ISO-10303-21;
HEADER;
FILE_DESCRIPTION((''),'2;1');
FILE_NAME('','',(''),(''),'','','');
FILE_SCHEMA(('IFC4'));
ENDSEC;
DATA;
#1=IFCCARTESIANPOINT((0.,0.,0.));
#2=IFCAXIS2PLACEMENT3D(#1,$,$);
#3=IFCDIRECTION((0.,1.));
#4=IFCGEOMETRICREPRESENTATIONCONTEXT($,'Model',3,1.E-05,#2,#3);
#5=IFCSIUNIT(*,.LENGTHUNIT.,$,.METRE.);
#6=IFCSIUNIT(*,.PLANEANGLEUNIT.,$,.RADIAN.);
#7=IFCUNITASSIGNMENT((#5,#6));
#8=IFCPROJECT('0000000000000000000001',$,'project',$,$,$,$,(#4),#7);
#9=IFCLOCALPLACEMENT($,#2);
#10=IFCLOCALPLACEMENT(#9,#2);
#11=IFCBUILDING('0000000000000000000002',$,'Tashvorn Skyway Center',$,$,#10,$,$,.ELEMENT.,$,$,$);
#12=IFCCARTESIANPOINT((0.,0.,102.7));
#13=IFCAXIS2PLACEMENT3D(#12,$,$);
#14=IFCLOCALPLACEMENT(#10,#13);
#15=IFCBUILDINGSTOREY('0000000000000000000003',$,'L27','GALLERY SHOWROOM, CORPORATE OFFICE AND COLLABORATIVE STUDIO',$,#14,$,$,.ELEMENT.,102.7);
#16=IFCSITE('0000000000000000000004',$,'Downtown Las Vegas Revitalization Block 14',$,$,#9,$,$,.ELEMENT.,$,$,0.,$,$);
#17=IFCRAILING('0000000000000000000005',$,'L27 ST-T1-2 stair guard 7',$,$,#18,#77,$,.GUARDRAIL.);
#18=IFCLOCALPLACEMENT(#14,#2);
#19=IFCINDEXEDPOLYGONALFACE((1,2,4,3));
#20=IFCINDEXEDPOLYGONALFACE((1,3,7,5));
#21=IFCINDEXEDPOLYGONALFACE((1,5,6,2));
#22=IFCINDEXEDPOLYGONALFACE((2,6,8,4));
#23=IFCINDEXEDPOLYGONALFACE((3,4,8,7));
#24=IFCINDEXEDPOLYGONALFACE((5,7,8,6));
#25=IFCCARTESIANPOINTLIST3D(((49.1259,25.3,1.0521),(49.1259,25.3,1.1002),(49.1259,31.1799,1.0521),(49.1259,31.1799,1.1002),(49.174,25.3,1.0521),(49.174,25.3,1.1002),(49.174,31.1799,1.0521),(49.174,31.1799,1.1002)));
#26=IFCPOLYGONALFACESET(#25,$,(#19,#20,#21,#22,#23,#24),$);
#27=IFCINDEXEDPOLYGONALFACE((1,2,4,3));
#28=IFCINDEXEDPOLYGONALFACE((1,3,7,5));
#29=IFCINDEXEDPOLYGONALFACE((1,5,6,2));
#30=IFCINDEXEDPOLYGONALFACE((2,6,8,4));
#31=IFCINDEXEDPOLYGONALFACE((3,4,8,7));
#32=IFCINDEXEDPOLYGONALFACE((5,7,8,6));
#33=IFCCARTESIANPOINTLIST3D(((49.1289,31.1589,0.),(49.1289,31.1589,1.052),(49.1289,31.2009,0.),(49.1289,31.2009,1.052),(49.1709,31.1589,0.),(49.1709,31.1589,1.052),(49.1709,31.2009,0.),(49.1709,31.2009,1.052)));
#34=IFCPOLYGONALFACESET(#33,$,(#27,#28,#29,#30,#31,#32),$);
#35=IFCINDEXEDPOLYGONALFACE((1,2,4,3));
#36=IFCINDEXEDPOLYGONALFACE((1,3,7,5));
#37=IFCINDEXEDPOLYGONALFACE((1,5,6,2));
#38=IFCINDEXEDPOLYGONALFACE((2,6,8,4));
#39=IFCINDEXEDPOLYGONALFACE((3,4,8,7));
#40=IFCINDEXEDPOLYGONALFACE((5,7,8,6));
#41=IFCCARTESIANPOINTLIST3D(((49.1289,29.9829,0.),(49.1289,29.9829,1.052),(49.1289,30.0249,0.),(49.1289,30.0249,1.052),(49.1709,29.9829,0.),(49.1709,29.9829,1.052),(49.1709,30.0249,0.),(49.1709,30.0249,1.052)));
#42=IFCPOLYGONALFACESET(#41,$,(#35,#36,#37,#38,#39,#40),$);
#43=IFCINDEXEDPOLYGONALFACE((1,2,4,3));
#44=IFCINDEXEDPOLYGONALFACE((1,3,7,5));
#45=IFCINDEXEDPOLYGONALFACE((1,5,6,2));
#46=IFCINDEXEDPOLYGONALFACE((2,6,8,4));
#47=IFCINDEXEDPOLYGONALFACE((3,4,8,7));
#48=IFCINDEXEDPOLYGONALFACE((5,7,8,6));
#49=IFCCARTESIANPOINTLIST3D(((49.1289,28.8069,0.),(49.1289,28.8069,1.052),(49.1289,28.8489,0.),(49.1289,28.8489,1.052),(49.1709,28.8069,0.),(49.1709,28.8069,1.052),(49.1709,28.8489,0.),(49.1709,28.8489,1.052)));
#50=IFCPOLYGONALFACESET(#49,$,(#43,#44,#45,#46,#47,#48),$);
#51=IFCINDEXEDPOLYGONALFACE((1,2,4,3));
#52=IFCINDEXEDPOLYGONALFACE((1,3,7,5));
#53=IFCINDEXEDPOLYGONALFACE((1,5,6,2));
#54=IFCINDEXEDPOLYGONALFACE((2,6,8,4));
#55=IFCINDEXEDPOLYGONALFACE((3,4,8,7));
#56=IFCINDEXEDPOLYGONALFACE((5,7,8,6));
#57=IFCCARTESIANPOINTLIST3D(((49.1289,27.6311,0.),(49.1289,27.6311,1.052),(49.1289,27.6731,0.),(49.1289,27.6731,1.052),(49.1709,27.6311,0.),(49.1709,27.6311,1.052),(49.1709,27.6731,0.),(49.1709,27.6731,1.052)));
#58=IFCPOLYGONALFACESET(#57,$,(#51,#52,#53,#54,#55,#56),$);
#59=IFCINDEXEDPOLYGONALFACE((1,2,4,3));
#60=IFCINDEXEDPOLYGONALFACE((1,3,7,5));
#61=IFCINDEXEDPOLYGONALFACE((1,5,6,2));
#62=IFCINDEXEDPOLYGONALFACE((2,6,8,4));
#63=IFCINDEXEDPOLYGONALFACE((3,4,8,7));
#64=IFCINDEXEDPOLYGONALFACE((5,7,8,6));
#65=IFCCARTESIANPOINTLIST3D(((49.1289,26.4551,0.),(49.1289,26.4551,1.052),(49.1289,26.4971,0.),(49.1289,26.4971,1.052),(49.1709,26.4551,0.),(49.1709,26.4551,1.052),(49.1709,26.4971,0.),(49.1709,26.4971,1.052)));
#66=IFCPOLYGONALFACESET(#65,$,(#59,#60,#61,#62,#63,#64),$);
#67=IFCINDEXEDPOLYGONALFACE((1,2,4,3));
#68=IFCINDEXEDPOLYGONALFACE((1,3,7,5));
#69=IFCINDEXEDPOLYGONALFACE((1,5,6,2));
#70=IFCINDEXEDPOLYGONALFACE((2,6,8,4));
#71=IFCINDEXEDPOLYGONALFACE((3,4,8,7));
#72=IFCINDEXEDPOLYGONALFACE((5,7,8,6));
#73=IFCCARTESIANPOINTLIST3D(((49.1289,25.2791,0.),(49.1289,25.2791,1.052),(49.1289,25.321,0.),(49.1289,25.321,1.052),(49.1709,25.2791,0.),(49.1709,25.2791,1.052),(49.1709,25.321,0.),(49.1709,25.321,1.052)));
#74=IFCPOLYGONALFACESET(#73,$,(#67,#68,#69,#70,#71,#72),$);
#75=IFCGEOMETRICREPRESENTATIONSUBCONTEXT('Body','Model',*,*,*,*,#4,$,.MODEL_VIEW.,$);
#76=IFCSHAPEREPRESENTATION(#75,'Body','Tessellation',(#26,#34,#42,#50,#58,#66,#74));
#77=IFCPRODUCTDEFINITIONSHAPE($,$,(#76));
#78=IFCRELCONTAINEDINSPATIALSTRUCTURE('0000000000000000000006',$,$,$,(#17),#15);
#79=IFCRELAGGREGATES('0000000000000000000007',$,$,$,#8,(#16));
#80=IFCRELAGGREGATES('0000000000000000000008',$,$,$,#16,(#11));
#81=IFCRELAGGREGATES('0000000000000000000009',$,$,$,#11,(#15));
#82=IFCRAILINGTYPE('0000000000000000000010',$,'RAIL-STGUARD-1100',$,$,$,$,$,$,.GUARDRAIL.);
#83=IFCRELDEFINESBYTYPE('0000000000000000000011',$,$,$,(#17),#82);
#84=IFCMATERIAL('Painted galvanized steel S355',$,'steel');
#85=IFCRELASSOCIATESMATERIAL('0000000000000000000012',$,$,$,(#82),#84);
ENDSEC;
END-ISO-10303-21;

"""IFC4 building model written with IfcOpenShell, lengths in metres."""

from ifc_helpers import new_model, si_unit, direction, frame, origin, origin_2d, place, context, subcontext, project, spatial, rectangle, extrude, material, type_object, element, save


model = new_model("IFC4")

# Units and contexts
model_context = context("Model", 3, precision=1e-05, world=origin(), true_north=direction((0.0, 1.0)))
body_context = subcontext(model_context, "Body", "Model", "MODEL_VIEW")
ifc_project = project(units=[si_unit("LENGTHUNIT", "METRE"), si_unit("PLANEANGLEUNIT", "RADIAN")], contexts=[model_context])

# Site, building, storey
site_placement = place(None, origin())
site = spatial("IfcSite", under=ifc_project, at=site_placement, Name="Downtown Las Vegas Revitalization Block 14", CompositionType="ELEMENT", RefElevation=0.0)
building_placement = place(site_placement, origin())
building = spatial("IfcBuilding", under=site, at=building_placement, Name="Tashvorn Skyway Center", CompositionType="ELEMENT")
storey_placement = place(building_placement, frame((0.0, 0.0, 102.7)))
storey = spatial("IfcBuildingStorey", under=building, at=storey_placement, Name="L27", Description="GALLERY SHOWROOM, CORPORATE OFFICE AND COLLABORATIVE STUDIO", CompositionType="ELEMENT", Elevation=102.7)

# Railing
ifc_material_1 = material(Name="Painted galvanized steel S355", Category="steel")
railing_type_1 = type_object("IfcRailingType", Name="RAIL-STGUARD-1100", PredefinedType="GUARDRAIL", material=ifc_material_1)
railing_1_placement = place(storey_placement, frame((49.1499, 31.1799, 0.0)))
element("IfcRailing", 1, at=railing_1_placement, inside=storey, type_object=railing_type_1, Name="L27 ST-T1-2 stair guard 7", PredefinedType="GUARDRAIL", context=body_context, shape_type="SweptSolid", body=[
    extrude(rectangle(XDim=0.0481, YDim=0.0481, at=origin_2d()), frame((0.0, 0.0, 1.0762), z_axis=(0.0, -1.0, 0.0), x_axis=(1.0, 0.0, 0.0)), (0.0, 0.0, 1.0), 5.8799),
    extrude(rectangle(XDim=0.042, YDim=0.042, at=origin_2d()), origin(), (0.0, 0.0, 1.0), 1.052),
    extrude(rectangle(XDim=0.042, YDim=0.042, at=origin_2d()), frame((0.0, -1.176, 0.0)), (0.0, 0.0, 1.0), 1.052),
    extrude(rectangle(XDim=0.042, YDim=0.042, at=origin_2d()), frame((0.0, -2.3521, 0.0)), (0.0, 0.0, 1.0), 1.052),
    extrude(rectangle(XDim=0.042, YDim=0.042, at=origin_2d()), frame((0.0, -3.5278, 0.0)), (0.0, 0.0, 1.0), 1.052),
    extrude(rectangle(XDim=0.042, YDim=0.042, at=origin_2d()), frame((0.0, -4.7039, 0.0)), (0.0, 0.0, 1.0), 1.052),
    extrude(rectangle(XDim=0.042, YDim=0.042, at=origin_2d()), frame((0.0, -5.8799, 0.0)), (0.0, 0.0, 1.0), 1.052),
])

save(model, "model.ifc")
